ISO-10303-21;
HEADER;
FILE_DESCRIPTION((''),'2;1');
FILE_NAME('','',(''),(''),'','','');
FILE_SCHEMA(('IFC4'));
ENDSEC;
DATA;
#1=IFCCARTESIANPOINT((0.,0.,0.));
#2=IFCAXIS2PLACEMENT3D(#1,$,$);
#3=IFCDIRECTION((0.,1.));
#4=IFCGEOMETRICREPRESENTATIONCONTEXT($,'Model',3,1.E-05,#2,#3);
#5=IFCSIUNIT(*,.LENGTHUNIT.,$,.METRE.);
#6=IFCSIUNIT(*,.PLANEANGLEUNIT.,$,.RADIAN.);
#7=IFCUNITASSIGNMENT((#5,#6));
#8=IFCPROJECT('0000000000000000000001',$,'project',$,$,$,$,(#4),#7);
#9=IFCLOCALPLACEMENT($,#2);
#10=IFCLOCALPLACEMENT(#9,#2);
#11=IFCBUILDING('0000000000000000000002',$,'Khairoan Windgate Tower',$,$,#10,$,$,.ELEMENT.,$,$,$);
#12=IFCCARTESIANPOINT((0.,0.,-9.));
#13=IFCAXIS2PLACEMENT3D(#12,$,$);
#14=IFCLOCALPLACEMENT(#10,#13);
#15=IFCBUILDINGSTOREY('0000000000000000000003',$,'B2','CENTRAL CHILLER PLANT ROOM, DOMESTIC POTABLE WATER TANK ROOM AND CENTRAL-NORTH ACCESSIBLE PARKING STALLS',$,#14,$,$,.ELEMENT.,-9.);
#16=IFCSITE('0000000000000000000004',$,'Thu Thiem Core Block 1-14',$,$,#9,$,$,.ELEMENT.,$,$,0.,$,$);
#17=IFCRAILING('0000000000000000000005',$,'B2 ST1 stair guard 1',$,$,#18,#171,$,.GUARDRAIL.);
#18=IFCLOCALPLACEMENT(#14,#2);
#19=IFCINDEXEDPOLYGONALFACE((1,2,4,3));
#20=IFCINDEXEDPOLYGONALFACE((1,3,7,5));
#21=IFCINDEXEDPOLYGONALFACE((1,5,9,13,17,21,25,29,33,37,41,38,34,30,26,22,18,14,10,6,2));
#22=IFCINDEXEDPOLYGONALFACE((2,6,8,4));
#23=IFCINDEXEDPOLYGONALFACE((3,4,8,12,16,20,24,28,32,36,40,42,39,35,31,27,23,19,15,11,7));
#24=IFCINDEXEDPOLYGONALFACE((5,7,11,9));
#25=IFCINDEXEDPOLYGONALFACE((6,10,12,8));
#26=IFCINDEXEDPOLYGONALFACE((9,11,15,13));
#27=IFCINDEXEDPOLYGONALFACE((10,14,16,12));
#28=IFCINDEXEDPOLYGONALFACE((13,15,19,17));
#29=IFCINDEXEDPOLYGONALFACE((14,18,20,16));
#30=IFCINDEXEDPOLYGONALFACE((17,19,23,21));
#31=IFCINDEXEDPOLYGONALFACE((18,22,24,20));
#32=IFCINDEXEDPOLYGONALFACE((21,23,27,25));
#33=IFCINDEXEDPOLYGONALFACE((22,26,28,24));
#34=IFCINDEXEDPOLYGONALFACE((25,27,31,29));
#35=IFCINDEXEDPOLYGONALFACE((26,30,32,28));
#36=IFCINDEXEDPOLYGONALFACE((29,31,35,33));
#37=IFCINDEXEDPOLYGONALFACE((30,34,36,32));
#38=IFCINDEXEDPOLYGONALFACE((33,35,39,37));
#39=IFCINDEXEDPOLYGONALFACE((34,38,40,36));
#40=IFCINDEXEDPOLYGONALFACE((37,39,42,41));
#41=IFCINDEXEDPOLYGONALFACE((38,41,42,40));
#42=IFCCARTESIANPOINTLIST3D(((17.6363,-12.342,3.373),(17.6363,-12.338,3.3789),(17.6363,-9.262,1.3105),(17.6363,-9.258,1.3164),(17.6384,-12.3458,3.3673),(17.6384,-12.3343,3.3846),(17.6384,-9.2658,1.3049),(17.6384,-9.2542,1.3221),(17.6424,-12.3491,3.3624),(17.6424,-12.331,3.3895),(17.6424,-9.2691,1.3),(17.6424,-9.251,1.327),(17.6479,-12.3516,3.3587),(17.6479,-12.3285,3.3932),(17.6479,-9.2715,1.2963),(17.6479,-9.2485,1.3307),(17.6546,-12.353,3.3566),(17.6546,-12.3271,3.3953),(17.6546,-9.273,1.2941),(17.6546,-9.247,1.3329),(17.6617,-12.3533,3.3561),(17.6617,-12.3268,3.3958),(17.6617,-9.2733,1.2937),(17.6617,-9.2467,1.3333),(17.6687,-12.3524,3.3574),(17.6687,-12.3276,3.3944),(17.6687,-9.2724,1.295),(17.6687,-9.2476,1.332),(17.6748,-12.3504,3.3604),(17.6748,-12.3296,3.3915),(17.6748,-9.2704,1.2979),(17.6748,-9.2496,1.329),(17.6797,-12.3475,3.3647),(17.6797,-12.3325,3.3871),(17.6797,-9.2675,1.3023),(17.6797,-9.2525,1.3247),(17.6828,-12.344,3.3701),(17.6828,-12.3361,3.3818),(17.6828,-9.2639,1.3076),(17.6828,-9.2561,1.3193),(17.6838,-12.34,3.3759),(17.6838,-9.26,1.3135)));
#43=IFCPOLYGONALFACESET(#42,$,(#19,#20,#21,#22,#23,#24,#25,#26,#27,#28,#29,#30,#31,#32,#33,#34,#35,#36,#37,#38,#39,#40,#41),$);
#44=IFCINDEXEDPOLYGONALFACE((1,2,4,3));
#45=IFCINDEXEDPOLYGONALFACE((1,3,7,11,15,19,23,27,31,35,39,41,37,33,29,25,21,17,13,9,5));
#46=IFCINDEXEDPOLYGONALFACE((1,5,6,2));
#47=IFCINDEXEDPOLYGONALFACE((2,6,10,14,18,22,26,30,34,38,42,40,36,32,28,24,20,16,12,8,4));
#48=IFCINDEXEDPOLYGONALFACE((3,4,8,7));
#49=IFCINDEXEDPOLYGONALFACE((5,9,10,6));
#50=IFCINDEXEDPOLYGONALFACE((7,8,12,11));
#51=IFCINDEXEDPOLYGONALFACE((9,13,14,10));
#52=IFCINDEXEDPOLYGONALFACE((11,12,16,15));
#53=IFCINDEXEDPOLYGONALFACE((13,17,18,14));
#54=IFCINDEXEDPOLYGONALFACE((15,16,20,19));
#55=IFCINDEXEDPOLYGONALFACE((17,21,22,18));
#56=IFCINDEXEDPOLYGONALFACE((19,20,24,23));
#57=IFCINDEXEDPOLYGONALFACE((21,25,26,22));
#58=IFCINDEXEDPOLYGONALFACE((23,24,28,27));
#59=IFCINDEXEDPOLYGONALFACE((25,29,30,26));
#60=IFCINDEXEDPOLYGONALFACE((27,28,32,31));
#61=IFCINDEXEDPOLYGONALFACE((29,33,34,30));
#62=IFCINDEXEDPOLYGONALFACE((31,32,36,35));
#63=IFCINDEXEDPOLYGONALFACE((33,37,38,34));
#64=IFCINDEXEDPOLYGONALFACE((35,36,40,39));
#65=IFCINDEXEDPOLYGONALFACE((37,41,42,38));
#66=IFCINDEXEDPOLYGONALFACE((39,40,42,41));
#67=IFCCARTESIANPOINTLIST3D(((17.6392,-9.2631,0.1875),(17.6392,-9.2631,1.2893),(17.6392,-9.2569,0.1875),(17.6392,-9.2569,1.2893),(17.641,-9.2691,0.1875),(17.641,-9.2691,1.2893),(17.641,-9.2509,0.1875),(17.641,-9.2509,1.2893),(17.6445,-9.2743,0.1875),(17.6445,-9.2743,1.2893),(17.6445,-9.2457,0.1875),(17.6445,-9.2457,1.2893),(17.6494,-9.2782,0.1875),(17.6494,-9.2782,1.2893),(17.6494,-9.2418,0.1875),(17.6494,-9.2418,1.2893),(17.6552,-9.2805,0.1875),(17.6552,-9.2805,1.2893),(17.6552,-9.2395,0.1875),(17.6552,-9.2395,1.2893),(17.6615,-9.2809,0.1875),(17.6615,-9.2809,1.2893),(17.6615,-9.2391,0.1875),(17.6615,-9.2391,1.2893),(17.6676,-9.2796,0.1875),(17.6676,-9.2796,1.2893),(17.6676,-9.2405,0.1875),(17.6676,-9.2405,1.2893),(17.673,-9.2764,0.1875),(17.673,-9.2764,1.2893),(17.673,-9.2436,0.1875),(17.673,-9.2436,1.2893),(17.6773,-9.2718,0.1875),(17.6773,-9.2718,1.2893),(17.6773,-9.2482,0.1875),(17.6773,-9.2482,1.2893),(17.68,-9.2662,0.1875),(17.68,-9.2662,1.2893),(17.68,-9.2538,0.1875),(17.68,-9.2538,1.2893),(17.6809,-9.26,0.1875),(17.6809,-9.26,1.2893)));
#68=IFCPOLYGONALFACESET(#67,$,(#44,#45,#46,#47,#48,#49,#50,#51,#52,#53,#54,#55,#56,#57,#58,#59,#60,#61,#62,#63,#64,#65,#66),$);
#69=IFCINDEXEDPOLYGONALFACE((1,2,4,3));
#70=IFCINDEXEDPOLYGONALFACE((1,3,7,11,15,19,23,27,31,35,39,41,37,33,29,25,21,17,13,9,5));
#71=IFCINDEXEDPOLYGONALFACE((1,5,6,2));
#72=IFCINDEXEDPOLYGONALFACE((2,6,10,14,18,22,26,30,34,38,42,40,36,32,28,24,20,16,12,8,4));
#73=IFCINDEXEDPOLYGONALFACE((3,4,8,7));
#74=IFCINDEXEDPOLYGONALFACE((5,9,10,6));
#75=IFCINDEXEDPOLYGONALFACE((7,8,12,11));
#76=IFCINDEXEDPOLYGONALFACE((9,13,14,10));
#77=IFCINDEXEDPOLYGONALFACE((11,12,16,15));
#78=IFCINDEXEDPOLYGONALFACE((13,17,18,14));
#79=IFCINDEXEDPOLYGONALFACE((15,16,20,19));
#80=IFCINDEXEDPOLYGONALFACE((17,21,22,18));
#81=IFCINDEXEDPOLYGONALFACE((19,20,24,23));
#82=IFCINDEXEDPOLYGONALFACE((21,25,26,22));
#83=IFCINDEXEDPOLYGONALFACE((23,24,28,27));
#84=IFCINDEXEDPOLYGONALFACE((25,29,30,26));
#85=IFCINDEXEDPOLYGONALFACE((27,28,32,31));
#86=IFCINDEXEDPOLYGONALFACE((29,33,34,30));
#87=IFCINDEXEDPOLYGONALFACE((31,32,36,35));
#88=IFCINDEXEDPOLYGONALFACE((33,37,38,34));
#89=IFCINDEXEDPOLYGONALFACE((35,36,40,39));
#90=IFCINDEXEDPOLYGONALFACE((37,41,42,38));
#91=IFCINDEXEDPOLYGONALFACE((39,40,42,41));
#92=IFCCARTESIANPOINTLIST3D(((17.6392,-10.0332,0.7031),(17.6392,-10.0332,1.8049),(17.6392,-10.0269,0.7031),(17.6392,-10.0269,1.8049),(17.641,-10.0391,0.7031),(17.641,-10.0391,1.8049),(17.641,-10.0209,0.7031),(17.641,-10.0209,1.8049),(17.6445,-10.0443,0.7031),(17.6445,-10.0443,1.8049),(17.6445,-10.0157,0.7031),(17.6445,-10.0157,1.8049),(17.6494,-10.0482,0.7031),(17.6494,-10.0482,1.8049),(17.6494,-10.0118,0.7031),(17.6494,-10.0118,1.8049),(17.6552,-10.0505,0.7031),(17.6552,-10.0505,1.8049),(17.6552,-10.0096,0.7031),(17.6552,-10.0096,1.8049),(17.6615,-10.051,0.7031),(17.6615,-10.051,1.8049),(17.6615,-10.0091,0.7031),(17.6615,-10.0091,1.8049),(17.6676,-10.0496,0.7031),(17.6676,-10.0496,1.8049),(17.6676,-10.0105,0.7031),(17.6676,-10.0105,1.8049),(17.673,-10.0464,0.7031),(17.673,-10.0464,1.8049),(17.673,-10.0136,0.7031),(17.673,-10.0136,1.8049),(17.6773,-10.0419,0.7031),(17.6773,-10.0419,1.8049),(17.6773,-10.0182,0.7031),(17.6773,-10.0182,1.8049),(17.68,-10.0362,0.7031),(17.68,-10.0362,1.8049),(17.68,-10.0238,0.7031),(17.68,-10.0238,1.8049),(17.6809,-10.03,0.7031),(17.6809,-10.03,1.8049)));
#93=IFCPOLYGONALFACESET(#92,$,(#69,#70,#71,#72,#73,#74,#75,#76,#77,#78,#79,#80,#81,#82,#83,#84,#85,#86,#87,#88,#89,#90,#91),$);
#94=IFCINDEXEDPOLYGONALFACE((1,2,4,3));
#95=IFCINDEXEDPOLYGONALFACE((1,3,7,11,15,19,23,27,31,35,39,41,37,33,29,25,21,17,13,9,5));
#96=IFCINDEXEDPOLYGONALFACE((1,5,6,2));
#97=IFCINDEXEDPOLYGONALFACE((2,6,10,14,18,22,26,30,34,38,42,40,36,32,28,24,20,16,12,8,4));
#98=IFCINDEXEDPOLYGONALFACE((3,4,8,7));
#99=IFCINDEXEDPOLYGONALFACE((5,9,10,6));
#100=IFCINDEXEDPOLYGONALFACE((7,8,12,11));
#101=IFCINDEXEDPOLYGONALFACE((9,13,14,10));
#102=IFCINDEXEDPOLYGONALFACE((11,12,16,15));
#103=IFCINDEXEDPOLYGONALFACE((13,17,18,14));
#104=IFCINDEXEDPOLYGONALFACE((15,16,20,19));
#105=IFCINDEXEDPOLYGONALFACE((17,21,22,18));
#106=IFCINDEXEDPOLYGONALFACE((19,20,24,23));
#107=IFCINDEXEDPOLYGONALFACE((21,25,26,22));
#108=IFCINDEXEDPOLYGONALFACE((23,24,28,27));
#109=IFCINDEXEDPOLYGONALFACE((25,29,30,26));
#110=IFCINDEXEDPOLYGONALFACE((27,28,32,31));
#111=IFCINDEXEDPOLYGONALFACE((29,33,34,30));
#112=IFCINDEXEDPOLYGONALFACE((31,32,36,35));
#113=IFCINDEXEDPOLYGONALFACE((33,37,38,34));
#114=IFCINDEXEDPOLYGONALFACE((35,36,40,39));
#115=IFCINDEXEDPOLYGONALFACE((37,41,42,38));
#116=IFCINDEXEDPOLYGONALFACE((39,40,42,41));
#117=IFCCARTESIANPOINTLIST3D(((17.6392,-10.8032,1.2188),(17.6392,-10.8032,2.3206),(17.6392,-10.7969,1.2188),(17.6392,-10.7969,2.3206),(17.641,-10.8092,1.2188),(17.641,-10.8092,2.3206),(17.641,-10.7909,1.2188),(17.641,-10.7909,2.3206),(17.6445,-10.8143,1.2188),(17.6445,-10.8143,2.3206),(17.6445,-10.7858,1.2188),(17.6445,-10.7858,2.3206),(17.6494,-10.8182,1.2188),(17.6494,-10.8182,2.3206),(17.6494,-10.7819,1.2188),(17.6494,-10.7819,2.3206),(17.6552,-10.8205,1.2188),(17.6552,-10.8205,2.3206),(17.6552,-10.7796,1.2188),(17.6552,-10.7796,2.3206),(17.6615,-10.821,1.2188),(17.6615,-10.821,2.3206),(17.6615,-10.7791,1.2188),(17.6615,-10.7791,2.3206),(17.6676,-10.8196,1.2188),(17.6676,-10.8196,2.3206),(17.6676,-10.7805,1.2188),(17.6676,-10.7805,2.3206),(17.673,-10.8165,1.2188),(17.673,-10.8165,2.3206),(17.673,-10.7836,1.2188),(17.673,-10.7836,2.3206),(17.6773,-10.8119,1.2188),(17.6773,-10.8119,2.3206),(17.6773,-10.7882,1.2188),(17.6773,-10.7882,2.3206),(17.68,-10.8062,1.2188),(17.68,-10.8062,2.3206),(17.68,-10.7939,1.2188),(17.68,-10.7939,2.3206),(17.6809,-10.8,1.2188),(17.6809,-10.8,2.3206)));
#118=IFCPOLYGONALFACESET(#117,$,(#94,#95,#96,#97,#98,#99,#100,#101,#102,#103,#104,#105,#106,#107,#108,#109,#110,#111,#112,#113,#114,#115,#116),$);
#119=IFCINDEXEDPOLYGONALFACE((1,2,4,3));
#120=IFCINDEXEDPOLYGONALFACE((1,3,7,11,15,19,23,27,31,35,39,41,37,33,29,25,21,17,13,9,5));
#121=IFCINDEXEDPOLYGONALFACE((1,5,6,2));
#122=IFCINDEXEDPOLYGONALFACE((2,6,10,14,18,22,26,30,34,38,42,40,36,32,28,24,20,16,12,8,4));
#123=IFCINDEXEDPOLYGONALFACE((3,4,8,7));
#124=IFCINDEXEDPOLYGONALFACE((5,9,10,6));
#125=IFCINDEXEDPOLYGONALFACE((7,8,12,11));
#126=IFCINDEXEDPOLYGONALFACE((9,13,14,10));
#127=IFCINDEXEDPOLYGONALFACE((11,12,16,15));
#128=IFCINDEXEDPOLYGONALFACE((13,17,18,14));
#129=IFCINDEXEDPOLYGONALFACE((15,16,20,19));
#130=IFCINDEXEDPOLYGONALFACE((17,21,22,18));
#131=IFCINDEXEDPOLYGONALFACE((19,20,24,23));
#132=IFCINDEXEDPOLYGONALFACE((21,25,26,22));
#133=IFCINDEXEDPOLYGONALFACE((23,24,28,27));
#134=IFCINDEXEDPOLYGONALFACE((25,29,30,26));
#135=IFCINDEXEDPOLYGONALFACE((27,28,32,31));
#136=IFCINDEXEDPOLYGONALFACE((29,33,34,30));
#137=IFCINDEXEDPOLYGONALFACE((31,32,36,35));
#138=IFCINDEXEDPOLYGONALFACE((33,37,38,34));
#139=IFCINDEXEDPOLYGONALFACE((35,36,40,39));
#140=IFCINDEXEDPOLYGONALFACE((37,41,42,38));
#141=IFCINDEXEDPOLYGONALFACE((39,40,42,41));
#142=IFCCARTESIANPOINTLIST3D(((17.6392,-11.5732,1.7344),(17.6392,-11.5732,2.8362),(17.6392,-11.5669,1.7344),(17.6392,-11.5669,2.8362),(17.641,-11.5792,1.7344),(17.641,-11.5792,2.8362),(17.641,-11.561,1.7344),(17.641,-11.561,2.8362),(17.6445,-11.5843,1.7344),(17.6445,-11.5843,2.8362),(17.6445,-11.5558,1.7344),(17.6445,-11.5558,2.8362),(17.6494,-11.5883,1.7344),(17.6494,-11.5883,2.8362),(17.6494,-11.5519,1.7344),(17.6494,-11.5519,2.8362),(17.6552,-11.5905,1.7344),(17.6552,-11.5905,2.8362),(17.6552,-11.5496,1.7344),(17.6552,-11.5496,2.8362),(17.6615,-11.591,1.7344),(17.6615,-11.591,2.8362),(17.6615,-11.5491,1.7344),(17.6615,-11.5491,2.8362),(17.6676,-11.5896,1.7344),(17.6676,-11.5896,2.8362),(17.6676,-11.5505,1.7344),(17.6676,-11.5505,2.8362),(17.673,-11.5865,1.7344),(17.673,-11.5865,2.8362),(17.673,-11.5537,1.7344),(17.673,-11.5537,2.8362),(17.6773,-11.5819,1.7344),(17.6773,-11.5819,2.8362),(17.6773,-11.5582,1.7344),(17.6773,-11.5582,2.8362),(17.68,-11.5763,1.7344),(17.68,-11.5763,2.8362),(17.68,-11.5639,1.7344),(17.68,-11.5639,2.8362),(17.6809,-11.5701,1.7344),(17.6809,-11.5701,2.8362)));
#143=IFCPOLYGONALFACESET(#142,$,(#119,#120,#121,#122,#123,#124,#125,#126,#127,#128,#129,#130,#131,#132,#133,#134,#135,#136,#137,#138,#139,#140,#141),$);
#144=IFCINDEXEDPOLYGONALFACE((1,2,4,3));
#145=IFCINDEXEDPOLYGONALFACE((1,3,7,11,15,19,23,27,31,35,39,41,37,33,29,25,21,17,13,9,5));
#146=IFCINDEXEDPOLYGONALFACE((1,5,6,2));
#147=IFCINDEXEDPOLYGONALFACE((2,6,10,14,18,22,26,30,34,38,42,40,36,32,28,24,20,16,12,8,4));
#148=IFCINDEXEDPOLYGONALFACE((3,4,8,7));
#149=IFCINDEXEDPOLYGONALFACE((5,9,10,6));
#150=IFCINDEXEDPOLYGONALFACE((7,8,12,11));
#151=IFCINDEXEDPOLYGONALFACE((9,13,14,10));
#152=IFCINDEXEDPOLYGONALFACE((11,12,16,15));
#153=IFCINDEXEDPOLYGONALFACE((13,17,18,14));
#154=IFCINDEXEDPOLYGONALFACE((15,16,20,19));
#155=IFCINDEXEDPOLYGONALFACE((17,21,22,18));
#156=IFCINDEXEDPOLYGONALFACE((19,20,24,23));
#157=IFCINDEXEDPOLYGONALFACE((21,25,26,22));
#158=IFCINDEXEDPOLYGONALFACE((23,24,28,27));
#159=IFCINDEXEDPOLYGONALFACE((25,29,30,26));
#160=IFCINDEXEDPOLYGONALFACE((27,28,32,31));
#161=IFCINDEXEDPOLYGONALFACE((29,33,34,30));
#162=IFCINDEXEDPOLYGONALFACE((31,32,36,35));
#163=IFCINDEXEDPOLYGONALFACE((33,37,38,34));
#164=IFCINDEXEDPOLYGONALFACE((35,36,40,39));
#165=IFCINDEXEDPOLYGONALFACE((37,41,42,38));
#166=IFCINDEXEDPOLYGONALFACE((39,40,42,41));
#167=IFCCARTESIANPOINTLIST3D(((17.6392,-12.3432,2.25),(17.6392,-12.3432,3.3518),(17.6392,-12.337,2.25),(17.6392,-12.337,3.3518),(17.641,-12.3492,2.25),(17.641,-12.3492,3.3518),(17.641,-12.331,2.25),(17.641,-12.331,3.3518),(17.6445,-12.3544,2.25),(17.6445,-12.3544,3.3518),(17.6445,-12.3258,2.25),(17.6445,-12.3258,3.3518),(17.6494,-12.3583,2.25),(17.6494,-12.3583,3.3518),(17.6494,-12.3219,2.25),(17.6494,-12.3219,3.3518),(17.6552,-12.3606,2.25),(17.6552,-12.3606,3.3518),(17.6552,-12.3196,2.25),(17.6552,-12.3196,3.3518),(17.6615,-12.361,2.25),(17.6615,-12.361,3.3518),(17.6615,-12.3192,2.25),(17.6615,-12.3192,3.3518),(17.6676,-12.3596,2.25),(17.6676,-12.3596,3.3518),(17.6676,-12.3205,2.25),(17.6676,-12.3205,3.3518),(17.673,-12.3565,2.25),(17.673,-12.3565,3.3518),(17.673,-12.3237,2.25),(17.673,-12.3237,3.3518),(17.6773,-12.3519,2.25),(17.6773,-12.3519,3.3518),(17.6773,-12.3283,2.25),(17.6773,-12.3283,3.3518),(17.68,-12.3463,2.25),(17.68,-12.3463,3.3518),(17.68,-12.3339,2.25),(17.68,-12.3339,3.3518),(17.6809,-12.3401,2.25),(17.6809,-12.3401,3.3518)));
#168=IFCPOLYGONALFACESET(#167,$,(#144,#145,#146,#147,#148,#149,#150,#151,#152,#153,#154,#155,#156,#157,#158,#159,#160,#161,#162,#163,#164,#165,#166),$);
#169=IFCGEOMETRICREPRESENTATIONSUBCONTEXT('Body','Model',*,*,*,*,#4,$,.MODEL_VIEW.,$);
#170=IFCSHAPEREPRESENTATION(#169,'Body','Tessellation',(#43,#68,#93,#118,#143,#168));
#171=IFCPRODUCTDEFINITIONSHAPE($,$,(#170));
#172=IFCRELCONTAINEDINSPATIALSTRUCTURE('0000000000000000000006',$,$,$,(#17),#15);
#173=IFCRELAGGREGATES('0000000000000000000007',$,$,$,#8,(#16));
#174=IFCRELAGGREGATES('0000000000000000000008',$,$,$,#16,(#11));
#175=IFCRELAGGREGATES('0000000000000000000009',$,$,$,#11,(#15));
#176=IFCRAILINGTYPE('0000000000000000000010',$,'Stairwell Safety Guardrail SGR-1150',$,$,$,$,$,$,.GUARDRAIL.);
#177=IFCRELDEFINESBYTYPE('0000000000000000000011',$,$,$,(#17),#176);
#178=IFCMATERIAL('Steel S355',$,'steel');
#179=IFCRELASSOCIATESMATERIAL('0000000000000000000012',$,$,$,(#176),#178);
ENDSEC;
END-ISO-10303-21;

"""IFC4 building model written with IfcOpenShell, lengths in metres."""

from ifc_helpers import new_model, si_unit, direction, frame, origin, origin_2d, place, context, subcontext, project, spatial, circle, extrude, material, type_object, element, save


model = new_model("IFC4")

# Units and contexts
model_context = context("Model", 3, precision=1e-05, world=origin(), true_north=direction((0.0, 1.0)))
body_context = subcontext(model_context, "Body", "Model", "MODEL_VIEW")
ifc_project = project(units=[si_unit("LENGTHUNIT", "METRE"), si_unit("PLANEANGLEUNIT", "RADIAN")], contexts=[model_context])

# Site, building, storey
site_placement = place(None, origin())
site = spatial("IfcSite", under=ifc_project, at=site_placement, Name="Thu Thiem Core Block 1-14", CompositionType="ELEMENT", RefElevation=0.0)
building_placement = place(site_placement, origin())
building = spatial("IfcBuilding", under=site, at=building_placement, Name="Khairoan Windgate Tower", CompositionType="ELEMENT")
storey_placement = place(building_placement, frame((0.0, 0.0, -9.0)))
storey = spatial("IfcBuildingStorey", under=building, at=storey_placement, Name="B2", Description="CENTRAL CHILLER PLANT ROOM, DOMESTIC POTABLE WATER TANK ROOM AND CENTRAL-NORTH ACCESSIBLE PARKING STALLS", CompositionType="ELEMENT", Elevation=-9.0)

# Railing
ifc_material_1 = material(Name="Steel S355", Category="steel")
railing_type_1 = type_object("IfcRailingType", Name="Stairwell Safety Guardrail SGR-1150", PredefinedType="GUARDRAIL", material=ifc_material_1)
railing_1_placement = place(storey_placement, frame((17.6599, -9.26, 0.1875)))
element("IfcRailing", 1, at=railing_1_placement, inside=storey, type_object=railing_type_1, Name="B2 ST1 stair guard 1", PredefinedType="GUARDRAIL", context=body_context, shape_type="SweptSolid", body=[
    extrude(circle(Radius=0.0239, at=origin_2d()), frame((0.0, 0.0, 1.126), z_axis=(0.0, -0.830914, 0.556401), x_axis=(1.0, 0.0, 0.0)), (0.0, 0.0, 1.0), 3.7068),
    extrude(circle(Radius=0.021, at=origin_2d()), origin(), (0.0, 0.0, 1.0), 1.1018),
    extrude(circle(Radius=0.021, at=origin_2d()), frame((0.0, -0.77, 0.5156)), (0.0, 0.0, 1.0), 1.1018),
    extrude(circle(Radius=0.021, at=origin_2d()), frame((0.0, -1.54, 1.0312)), (0.0, 0.0, 1.0), 1.1018),
    extrude(circle(Radius=0.021, at=origin_2d()), frame((0.0, -2.3101, 1.5469)), (0.0, 0.0, 1.0), 1.1018),
    extrude(circle(Radius=0.021, at=origin_2d()), frame((0.0, -3.0801, 2.0625)), (0.0, 0.0, 1.0), 1.1018),
])

save(model, "model.ifc")
